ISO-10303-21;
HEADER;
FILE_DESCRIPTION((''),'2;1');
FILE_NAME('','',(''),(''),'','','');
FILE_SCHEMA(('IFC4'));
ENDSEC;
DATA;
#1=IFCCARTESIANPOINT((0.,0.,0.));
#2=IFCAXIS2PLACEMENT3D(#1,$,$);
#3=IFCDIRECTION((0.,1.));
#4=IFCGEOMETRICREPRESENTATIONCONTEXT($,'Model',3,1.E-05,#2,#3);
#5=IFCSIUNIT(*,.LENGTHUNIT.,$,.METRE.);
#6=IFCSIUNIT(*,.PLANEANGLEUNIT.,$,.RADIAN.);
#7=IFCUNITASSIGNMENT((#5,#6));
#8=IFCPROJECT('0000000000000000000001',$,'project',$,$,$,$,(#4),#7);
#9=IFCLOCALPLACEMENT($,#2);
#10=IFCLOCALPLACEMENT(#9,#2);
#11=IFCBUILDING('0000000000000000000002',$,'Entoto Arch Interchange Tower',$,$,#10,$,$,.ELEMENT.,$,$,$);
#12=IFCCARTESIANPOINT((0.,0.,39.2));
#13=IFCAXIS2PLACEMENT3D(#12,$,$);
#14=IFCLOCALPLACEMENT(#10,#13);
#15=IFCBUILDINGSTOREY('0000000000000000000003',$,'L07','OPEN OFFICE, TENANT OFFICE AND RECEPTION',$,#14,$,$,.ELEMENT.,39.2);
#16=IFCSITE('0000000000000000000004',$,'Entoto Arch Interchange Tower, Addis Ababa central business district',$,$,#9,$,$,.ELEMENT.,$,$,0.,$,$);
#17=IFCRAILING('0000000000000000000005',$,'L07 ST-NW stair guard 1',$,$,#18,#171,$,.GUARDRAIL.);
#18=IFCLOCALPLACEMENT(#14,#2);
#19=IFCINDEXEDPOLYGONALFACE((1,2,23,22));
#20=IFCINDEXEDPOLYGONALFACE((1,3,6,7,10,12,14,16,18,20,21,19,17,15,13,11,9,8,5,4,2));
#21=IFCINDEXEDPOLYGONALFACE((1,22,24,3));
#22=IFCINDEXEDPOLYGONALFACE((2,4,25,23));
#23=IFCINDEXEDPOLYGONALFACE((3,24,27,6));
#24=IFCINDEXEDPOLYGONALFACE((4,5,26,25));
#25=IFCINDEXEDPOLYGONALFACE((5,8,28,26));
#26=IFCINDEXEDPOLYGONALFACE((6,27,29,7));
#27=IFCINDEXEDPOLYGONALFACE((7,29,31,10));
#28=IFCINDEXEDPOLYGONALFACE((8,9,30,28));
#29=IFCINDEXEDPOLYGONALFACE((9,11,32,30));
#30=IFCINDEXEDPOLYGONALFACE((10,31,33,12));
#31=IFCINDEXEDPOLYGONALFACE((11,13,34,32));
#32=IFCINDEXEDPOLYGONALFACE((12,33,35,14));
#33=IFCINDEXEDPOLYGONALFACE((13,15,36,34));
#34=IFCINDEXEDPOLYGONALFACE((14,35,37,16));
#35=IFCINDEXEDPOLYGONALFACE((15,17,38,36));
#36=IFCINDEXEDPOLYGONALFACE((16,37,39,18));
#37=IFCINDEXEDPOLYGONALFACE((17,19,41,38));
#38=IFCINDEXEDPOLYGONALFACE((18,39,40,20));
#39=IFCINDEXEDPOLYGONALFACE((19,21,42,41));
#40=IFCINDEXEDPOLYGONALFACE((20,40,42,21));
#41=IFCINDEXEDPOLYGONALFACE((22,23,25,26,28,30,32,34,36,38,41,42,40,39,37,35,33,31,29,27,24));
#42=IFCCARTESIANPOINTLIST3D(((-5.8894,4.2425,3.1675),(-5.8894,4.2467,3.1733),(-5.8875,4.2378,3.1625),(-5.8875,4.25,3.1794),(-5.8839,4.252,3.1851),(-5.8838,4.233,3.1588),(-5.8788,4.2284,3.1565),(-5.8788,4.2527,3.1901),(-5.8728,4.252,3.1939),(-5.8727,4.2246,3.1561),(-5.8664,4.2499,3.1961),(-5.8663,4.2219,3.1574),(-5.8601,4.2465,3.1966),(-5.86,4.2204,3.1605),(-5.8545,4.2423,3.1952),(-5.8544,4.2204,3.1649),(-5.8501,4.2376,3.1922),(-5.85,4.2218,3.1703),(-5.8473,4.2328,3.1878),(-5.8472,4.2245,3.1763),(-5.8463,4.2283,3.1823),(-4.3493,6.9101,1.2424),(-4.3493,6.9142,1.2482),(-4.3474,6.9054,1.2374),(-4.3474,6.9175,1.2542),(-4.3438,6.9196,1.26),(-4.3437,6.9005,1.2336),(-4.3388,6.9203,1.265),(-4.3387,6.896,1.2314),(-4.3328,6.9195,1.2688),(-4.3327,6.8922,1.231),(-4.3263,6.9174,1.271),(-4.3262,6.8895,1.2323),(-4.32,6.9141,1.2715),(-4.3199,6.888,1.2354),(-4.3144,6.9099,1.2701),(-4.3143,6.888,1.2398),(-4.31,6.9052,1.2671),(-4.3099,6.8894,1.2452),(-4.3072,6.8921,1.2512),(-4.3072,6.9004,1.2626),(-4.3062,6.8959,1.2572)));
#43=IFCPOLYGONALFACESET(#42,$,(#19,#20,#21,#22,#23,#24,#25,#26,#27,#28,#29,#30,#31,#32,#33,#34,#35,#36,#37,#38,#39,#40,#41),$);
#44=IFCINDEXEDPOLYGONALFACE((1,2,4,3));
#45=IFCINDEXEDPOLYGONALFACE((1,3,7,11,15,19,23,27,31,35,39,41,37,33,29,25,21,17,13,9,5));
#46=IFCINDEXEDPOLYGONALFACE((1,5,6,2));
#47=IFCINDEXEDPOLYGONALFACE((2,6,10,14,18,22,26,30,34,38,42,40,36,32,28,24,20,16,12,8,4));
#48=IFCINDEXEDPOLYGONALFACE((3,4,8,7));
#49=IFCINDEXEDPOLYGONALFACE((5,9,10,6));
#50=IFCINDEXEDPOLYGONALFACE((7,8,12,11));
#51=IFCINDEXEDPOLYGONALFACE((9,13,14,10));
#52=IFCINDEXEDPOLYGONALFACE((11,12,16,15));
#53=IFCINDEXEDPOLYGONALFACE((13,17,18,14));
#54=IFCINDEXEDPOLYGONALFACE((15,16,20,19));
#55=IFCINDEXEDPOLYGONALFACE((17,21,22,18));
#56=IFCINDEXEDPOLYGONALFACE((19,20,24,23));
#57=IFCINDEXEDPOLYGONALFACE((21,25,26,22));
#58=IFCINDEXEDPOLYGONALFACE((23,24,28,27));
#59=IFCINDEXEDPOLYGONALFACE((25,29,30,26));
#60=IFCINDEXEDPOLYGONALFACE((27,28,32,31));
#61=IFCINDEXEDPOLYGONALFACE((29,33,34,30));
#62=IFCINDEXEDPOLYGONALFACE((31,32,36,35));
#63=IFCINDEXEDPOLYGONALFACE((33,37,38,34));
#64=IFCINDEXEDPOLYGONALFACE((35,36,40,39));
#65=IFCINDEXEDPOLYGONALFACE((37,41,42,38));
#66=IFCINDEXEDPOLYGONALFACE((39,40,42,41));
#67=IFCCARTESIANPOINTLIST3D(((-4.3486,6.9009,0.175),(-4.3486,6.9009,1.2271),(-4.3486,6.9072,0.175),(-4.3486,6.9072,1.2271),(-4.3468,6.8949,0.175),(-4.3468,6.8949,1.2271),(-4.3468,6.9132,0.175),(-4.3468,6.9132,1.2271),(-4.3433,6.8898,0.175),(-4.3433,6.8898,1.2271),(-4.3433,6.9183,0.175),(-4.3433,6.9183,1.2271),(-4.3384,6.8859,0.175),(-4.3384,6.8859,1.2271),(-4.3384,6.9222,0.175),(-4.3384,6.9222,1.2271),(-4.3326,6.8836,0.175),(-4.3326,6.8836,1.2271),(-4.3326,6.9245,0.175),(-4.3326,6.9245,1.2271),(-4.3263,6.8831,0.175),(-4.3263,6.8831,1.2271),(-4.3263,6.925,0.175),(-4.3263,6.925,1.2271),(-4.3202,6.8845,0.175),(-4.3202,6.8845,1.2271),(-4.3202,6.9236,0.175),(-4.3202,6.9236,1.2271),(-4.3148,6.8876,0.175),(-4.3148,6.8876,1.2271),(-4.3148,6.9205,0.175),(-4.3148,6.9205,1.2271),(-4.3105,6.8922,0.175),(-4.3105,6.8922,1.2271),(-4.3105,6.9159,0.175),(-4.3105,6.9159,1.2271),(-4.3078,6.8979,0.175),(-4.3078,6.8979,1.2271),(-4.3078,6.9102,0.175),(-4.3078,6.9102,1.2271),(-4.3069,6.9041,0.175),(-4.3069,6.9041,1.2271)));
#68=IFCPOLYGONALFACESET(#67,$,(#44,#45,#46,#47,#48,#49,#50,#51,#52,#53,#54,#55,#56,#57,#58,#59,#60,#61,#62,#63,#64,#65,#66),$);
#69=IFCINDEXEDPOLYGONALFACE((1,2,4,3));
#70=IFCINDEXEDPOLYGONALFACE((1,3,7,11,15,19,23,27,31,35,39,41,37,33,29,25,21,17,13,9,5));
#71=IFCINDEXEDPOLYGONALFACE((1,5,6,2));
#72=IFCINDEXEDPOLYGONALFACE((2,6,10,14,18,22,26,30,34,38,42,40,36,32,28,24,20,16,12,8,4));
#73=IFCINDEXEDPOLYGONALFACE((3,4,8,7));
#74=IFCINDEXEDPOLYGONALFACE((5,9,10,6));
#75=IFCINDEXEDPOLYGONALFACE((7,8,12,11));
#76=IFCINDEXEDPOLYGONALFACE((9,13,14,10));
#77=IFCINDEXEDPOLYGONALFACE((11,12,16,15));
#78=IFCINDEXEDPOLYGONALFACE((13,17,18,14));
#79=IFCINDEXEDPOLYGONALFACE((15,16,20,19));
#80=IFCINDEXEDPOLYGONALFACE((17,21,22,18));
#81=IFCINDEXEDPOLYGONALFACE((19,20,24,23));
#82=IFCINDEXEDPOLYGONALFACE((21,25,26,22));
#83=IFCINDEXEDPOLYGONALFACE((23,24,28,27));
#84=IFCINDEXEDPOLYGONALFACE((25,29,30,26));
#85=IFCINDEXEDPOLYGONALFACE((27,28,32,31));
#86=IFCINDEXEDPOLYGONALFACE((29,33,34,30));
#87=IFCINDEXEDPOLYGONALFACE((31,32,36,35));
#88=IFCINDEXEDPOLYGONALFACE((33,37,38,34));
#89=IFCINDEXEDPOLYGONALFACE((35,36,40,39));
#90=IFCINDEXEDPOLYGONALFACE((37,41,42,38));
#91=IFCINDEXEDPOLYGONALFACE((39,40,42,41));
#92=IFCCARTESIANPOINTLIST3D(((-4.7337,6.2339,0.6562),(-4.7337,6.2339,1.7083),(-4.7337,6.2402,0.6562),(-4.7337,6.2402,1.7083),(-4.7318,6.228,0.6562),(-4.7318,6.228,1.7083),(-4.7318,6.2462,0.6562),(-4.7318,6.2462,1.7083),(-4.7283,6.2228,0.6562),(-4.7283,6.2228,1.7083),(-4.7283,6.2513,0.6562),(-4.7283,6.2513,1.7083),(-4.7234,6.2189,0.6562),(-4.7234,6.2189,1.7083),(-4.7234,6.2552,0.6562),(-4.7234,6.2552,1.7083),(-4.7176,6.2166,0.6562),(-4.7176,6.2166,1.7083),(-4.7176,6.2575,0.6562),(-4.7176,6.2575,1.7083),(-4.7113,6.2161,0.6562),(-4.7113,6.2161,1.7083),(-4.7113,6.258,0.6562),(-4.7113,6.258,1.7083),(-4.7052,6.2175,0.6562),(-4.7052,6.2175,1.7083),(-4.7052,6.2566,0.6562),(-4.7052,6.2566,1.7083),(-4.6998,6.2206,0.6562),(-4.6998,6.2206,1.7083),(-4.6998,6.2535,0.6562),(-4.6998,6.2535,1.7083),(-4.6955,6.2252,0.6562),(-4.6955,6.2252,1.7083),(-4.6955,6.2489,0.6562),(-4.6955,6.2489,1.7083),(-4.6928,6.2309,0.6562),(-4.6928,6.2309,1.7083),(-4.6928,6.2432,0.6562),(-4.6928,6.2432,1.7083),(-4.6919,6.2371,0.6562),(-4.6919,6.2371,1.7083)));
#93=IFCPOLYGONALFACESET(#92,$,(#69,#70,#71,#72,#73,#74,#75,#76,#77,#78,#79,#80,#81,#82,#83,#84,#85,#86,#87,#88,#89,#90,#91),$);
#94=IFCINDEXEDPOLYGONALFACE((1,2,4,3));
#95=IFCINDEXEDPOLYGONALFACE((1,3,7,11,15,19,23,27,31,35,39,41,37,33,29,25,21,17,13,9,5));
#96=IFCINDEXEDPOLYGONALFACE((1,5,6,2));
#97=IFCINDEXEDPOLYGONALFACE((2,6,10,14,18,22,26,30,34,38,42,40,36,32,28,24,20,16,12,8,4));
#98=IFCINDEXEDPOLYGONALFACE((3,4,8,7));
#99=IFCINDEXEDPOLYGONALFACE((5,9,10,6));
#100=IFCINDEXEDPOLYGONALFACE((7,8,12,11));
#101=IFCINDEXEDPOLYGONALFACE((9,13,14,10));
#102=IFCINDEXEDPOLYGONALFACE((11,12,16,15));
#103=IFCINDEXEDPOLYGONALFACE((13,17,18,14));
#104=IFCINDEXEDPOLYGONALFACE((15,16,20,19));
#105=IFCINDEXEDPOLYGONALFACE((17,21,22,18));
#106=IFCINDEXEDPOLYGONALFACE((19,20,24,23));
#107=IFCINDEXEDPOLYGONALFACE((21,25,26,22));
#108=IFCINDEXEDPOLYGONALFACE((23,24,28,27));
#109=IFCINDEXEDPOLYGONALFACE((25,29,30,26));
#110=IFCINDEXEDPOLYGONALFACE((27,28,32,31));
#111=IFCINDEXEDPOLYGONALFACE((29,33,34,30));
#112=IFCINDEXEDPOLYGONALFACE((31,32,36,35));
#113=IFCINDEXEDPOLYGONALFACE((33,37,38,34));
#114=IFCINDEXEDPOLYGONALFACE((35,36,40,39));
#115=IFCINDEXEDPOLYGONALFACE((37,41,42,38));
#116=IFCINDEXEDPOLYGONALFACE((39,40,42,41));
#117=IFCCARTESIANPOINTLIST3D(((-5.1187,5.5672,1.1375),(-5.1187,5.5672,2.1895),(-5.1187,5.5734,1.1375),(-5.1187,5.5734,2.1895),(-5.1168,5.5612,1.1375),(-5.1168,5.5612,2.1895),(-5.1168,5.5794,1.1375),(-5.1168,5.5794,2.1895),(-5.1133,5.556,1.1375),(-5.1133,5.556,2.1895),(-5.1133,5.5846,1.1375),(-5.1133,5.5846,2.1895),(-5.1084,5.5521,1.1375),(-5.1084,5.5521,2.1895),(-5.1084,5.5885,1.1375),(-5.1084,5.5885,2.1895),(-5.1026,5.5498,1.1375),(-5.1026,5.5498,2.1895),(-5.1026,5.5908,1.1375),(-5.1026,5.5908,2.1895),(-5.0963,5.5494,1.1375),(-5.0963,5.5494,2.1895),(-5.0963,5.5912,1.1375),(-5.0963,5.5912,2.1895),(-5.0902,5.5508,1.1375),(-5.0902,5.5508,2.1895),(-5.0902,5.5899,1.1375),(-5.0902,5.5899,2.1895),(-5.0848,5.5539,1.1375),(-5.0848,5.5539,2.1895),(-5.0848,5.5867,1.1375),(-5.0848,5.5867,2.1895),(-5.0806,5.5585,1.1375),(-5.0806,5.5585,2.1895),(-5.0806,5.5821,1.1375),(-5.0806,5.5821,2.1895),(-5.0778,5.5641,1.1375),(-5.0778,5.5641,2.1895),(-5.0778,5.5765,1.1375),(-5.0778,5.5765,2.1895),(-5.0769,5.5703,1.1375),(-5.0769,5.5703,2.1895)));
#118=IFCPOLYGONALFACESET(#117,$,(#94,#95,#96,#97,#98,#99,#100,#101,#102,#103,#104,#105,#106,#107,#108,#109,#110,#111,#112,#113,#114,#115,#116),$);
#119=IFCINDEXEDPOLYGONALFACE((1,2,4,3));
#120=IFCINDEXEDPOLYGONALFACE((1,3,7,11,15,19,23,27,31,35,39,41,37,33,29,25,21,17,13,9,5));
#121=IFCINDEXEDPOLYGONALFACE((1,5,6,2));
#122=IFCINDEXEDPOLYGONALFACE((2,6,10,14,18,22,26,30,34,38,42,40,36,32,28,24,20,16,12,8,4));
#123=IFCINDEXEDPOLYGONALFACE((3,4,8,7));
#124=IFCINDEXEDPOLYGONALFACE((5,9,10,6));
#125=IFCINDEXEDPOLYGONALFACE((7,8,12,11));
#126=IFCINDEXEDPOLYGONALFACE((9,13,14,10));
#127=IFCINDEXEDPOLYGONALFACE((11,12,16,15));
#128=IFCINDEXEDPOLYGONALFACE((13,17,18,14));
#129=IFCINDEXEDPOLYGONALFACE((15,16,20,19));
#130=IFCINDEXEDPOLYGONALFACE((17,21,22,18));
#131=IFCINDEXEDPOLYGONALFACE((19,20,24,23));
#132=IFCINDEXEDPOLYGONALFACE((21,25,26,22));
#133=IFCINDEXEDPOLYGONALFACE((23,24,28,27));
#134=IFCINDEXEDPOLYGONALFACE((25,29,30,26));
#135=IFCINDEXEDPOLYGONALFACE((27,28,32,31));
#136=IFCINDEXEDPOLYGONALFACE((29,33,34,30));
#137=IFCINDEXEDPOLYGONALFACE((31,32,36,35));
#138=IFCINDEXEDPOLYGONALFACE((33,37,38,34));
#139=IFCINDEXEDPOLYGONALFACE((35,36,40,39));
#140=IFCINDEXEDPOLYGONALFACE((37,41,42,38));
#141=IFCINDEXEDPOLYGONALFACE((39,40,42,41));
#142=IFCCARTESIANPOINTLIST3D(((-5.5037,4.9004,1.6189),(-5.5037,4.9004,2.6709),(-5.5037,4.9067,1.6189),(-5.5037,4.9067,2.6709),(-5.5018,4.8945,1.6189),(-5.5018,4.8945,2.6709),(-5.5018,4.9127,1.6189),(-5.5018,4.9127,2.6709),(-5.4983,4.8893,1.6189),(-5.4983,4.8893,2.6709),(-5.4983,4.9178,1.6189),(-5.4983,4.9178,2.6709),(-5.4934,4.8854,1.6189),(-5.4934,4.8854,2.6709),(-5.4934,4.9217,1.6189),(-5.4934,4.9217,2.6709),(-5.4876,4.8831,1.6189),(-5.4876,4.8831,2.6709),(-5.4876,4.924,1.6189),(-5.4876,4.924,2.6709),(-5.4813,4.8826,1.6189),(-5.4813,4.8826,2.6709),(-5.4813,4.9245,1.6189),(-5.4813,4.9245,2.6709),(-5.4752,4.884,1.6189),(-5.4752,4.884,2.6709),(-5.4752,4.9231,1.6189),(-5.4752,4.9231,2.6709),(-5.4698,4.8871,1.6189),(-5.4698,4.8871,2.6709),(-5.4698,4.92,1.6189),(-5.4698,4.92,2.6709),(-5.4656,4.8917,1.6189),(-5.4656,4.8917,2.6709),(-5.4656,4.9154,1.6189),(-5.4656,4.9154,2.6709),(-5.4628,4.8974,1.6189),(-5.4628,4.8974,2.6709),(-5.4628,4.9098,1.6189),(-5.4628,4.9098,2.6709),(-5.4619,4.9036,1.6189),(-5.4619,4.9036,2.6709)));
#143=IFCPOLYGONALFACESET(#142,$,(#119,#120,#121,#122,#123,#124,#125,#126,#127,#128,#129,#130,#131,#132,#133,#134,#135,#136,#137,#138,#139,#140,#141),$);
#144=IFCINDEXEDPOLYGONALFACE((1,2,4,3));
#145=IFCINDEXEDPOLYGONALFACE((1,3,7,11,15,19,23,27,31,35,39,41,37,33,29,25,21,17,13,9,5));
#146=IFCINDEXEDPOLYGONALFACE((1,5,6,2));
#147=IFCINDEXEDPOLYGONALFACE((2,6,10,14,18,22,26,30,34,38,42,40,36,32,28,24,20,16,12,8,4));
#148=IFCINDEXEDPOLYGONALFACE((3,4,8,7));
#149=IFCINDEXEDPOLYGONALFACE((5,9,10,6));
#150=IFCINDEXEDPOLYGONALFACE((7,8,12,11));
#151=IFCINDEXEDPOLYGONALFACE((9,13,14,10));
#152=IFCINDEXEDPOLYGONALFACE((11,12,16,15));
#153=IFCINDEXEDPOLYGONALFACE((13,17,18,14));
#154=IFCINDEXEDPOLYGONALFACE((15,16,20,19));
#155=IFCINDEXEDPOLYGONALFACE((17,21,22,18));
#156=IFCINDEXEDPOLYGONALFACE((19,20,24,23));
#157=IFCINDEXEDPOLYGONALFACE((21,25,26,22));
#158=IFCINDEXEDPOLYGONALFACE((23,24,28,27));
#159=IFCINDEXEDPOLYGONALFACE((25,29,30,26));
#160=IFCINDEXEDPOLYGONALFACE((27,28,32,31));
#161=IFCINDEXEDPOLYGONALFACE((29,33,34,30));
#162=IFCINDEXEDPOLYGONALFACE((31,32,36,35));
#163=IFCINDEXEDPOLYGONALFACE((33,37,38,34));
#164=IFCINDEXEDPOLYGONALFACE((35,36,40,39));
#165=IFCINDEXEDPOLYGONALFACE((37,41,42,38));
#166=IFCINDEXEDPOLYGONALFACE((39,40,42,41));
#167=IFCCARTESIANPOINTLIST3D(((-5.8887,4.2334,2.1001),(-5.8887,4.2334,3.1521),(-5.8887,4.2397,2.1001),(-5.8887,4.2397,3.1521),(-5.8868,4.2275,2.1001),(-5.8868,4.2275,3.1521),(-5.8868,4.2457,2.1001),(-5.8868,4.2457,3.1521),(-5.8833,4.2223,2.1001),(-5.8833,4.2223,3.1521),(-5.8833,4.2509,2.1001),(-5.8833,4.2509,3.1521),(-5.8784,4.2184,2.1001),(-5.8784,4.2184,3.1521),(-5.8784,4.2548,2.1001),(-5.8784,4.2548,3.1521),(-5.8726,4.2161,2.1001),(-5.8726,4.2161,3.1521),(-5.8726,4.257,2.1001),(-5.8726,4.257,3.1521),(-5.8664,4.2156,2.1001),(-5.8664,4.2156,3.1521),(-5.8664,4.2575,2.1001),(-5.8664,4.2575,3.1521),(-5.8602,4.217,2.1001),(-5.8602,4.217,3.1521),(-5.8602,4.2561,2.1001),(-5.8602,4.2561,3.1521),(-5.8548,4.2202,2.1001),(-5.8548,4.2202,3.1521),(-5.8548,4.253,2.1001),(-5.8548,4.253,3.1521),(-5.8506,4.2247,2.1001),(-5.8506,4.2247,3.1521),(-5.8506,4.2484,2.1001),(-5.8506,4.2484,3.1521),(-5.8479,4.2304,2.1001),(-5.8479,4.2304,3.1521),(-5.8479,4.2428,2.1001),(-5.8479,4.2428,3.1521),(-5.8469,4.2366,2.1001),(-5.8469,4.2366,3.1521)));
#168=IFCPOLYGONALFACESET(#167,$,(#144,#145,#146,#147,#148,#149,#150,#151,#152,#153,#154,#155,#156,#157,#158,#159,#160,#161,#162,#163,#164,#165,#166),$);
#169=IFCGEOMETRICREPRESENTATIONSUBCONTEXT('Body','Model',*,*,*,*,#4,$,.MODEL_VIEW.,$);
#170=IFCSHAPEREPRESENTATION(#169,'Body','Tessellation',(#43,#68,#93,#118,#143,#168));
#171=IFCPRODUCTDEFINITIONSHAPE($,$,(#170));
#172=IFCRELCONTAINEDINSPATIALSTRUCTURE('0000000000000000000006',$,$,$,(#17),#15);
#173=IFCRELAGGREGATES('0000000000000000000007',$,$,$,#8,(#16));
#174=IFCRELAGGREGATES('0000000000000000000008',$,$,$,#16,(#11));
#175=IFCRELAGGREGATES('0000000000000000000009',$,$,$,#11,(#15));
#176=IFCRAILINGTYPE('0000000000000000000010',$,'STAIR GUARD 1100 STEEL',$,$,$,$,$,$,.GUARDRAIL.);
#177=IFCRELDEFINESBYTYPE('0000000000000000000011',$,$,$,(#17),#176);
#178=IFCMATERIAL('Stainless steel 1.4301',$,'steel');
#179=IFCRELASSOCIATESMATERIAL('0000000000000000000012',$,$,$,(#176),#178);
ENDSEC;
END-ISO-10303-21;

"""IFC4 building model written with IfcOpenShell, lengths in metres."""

from ifc_helpers import new_model, si_unit, direction, frame, origin, origin_2d, place, context, subcontext, project, spatial, circle, extrude, material, type_object, element, save


model = new_model("IFC4")

# Units and contexts
model_context = context("Model", 3, precision=1e-05, world=origin(), true_north=direction((0.0, 1.0)))
body_context = subcontext(model_context, "Body", "Model", "MODEL_VIEW")
ifc_project = project(units=[si_unit("LENGTHUNIT", "METRE"), si_unit("PLANEANGLEUNIT", "RADIAN")], contexts=[model_context])

# Site, building, storey
site_placement = place(None, origin())
site = spatial("IfcSite", under=ifc_project, at=site_placement, Name="Entoto Arch Interchange Tower, Addis Ababa central business district", CompositionType="ELEMENT", RefElevation=0.0)
building_placement = place(site_placement, origin())
building = spatial("IfcBuilding", under=site, at=building_placement, Name="Entoto Arch Interchange Tower", CompositionType="ELEMENT")
storey_placement = place(building_placement, frame((0.0, 0.0, 39.2)))
storey = spatial("IfcBuildingStorey", under=building, at=storey_placement, Name="L07", Description="OPEN OFFICE, TENANT OFFICE AND RECEPTION", CompositionType="ELEMENT", Elevation=39.2)

# Railing
ifc_material_1 = material(Name="Stainless steel 1.4301", Category="steel")
railing_type = type_object("IfcRailingType", Name="STAIR GUARD 1100 STEEL", PredefinedType="GUARDRAIL", material=ifc_material_1)
railing_1_placement = place(storey_placement, frame((-4.3279, 6.9041, 0.175)))
element("IfcRailing", 1, at=railing_1_placement, inside=storey, type_object=railing_type, Name="L07 ST-NW stair guard 1", PredefinedType="GUARDRAIL", context=body_context, shape_type="SweptSolid", body=[
    extrude(circle(Radius=0.0239, at=origin_2d()), frame((0.0, 0.0, 1.0762), z_axis=(-0.423994, -0.734395, 0.529993), x_axis=(0.86603, -0.499992, 0.0)), (0.0, 0.0, 1.0), 3.6323),
    extrude(circle(Radius=0.021, at=origin_2d()), origin(), (0.0, 0.0, 1.0), 1.052),
    extrude(circle(Radius=0.021, at=origin_2d()), frame((-0.385, -0.667, 0.4812)), (0.0, 0.0, 1.0), 1.052),
    extrude(circle(Radius=0.021, at=origin_2d()), frame((-0.77, -1.3337, 0.9624)), (0.0, 0.0, 1.0), 1.052),
    extrude(circle(Radius=0.021, at=origin_2d()), frame((-1.155, -2.0005, 1.4438)), (0.0, 0.0, 1.0), 1.052),
    extrude(circle(Radius=0.021, at=origin_2d()), frame((-1.54, -2.6675, 1.925)), (0.0, 0.0, 1.0), 1.052),
])

save(model, "model.ifc")
